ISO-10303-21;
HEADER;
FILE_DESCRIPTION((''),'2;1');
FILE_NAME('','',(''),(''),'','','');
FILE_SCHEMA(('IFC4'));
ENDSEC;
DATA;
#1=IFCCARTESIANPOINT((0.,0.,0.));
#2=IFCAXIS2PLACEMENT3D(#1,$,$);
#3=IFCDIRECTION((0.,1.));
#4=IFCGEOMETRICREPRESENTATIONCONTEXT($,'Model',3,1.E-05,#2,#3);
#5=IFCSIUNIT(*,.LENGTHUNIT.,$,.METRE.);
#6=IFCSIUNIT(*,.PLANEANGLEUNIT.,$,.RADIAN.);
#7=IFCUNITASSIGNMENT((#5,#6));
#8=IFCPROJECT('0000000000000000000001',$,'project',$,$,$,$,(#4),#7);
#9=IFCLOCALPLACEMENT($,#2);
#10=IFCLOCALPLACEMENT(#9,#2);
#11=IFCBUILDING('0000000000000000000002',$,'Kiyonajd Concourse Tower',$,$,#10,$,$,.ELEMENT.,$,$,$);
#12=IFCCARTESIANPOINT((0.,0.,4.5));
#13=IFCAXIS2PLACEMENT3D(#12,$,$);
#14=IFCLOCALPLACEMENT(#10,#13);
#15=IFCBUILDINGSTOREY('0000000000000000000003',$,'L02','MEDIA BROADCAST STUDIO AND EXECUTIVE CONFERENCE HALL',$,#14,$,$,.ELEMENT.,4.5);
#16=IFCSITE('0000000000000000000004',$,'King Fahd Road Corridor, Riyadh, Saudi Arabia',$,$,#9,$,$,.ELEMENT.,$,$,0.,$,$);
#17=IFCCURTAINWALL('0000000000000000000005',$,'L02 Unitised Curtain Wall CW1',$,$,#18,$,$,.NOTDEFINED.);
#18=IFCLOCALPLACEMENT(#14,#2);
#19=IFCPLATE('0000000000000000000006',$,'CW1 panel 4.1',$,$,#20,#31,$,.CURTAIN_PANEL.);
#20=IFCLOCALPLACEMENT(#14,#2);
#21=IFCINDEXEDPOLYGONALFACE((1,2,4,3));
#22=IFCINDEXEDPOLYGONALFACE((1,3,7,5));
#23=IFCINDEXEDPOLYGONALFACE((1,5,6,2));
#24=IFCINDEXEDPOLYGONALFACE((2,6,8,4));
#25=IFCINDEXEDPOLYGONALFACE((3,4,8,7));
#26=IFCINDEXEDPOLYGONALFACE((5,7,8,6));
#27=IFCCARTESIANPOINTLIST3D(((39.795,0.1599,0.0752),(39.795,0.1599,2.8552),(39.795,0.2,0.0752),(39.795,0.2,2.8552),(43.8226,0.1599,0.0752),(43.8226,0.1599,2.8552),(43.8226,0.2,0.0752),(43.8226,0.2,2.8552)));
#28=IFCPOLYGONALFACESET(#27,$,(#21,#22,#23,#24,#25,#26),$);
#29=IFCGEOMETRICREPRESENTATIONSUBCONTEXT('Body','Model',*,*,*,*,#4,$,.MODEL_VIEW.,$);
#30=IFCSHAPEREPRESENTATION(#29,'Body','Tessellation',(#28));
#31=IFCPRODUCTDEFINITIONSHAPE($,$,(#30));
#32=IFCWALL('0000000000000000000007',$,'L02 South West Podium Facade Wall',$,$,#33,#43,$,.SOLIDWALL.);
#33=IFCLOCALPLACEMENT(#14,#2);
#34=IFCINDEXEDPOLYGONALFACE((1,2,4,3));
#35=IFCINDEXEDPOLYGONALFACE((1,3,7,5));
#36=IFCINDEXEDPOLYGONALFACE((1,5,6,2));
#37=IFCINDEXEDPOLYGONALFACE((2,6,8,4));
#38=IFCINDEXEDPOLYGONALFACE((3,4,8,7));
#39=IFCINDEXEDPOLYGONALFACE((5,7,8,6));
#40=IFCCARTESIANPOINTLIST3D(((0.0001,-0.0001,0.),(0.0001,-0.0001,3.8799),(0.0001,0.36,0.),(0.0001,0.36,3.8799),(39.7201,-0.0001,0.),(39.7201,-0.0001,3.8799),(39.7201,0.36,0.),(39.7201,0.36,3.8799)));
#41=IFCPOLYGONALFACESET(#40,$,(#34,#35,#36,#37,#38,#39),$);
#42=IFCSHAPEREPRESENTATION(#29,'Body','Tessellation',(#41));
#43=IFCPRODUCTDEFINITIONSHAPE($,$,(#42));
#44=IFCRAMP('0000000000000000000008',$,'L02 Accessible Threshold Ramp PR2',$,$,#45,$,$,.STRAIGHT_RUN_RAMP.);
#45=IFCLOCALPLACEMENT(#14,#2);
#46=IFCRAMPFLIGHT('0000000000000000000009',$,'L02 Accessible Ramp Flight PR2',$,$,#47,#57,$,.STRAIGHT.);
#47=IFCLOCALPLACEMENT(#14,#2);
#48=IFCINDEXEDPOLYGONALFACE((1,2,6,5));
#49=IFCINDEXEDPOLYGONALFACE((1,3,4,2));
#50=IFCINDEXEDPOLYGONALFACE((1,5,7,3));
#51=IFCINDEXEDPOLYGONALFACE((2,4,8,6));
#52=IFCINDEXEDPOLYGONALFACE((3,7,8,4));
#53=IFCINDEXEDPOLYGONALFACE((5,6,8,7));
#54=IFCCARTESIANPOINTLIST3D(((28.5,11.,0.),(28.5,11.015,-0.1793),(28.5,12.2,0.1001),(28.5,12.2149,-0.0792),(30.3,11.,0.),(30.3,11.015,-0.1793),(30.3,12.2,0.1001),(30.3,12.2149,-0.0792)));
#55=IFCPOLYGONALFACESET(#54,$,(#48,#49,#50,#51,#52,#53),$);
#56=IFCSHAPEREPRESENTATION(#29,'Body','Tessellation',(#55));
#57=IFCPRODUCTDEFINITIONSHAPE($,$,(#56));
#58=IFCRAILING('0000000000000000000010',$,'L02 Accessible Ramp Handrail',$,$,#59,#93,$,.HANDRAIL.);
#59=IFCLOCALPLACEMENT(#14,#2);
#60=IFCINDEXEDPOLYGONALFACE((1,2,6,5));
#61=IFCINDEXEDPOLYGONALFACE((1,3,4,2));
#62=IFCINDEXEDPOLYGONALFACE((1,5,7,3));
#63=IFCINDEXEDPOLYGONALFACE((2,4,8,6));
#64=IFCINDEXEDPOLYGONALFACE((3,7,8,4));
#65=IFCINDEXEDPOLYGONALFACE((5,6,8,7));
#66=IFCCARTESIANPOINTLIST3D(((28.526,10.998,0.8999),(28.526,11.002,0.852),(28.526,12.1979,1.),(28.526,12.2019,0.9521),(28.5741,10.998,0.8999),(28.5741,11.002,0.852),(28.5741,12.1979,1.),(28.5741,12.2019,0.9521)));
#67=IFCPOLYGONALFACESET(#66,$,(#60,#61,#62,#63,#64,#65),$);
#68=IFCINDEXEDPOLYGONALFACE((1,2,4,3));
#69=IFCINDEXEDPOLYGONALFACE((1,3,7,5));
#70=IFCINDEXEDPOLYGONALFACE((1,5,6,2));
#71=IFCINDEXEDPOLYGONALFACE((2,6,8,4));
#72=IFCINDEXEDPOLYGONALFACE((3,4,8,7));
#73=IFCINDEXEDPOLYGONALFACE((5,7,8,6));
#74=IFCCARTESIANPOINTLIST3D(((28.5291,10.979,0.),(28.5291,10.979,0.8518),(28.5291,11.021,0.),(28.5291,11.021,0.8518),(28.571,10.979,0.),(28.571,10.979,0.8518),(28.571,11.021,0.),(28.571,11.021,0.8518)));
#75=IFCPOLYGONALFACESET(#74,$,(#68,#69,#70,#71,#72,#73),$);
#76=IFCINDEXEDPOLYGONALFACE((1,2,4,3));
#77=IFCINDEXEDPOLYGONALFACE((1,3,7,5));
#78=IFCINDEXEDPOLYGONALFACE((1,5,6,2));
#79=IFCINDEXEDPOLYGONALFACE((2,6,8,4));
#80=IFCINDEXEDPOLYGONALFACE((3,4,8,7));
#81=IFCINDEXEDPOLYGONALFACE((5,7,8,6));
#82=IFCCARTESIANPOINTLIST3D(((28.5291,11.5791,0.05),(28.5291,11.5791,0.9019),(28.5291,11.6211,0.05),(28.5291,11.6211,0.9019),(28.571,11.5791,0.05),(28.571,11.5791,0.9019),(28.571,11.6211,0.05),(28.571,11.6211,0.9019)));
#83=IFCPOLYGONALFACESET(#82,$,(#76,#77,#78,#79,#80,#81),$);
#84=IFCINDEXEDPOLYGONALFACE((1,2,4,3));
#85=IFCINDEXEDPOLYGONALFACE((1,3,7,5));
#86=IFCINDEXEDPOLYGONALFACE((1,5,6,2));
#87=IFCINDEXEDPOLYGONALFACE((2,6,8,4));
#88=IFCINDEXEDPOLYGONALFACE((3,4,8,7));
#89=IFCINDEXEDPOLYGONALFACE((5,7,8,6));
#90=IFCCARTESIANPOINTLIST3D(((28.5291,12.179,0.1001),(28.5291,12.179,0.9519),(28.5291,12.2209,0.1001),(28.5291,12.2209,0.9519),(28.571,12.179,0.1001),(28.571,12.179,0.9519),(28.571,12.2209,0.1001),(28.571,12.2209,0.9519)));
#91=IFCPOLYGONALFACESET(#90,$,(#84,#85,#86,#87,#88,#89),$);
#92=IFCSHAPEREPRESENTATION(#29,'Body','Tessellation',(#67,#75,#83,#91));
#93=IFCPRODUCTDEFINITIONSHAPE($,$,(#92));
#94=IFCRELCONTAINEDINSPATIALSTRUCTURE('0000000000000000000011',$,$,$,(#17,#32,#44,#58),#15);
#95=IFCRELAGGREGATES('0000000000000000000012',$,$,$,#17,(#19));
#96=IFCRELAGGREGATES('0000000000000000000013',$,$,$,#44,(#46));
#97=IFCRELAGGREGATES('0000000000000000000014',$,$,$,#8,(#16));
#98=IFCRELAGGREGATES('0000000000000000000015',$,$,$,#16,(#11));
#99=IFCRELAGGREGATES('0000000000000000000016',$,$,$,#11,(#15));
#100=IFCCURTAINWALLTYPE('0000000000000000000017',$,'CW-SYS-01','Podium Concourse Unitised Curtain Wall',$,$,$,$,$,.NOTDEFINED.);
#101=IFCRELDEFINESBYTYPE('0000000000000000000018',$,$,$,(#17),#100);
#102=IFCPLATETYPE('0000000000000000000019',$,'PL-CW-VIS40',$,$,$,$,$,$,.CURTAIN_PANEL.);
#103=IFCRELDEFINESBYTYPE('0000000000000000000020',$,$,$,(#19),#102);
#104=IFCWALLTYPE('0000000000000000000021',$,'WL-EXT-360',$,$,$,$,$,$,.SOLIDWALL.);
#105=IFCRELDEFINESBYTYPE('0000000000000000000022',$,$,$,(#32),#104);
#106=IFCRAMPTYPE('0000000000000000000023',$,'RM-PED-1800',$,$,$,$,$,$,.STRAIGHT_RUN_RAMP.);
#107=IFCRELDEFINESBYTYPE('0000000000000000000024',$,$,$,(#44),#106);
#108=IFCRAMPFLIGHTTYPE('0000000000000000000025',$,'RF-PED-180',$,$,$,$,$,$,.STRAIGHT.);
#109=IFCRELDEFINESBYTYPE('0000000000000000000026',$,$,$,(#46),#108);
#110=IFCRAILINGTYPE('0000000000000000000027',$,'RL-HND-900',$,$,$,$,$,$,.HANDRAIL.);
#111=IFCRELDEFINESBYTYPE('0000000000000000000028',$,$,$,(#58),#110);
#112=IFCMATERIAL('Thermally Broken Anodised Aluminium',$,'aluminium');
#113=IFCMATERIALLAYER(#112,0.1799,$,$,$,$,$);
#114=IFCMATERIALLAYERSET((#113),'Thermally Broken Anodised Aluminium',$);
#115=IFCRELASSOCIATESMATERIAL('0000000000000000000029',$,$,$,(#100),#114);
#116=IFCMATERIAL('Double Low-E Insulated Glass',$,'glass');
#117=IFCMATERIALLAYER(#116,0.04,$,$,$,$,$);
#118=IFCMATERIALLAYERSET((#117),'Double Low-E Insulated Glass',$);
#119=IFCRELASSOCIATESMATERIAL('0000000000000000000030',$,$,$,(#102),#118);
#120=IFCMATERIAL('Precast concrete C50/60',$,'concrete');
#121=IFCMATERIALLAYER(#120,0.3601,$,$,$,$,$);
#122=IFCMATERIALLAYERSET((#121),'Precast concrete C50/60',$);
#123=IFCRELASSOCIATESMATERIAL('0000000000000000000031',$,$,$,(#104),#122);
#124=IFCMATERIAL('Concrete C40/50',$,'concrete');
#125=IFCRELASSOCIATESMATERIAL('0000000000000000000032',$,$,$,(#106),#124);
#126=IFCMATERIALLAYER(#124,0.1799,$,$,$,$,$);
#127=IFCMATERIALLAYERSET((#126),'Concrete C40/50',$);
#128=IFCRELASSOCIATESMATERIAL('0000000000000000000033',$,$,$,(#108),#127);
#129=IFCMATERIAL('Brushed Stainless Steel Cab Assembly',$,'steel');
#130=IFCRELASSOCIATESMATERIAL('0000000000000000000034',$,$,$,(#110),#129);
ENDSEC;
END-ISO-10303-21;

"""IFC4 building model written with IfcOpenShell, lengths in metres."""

from ifc_helpers import new_model, si_unit, direction, frame, frame_2d, origin, origin_2d, place, context, subcontext, project, spatial, polyline, rectangle, outline, extrude, material, layer, layer_set, type_object, element, aggregate, save


model = new_model("IFC4")

# Units and contexts
model_context = context("Model", 3, precision=1e-05, world=origin(), true_north=direction((0.0, 1.0)))
body_context = subcontext(model_context, "Body", "Model", "MODEL_VIEW")
ifc_project = project(units=[si_unit("LENGTHUNIT", "METRE"), si_unit("PLANEANGLEUNIT", "RADIAN")], contexts=[model_context])

# Site, building, storey
site_placement = place(None, origin())
site = spatial("IfcSite", under=ifc_project, at=site_placement, Name="King Fahd Road Corridor, Riyadh, Saudi Arabia", CompositionType="ELEMENT", RefElevation=0.0)
building_placement = place(site_placement, origin())
building = spatial("IfcBuilding", under=site, at=building_placement, Name="Kiyonajd Concourse Tower", CompositionType="ELEMENT")
storey_placement = place(building_placement, frame((0.0, 0.0, 4.5)))
storey = spatial("IfcBuildingStorey", under=building, at=storey_placement, Name="L02", Description="MEDIA BROADCAST STUDIO AND EXECUTIVE CONFERENCE HALL", CompositionType="ELEMENT", Elevation=4.5)

# Curtain wall, plate
ifc_material_1 = material(Name="Thermally Broken Anodised Aluminium", Category="aluminium")
ifc_layer_1 = layer(ifc_material_1, 0.1799)
ifc_layer_set_1 = layer_set([ifc_layer_1], Name="Thermally Broken Anodised Aluminium")
curtain_wall_type = type_object("IfcCurtainWallType", Name="CW-SYS-01", Description="Podium Concourse Unitised Curtain Wall", PredefinedType="NOTDEFINED", material=ifc_layer_set_1)
curtain_wall_placement = place(storey_placement, origin())
curtain_wall = element("IfcCurtainWall", 1, at=curtain_wall_placement, inside=storey, type_object=curtain_wall_type, Name="L02 Unitised Curtain Wall CW1", PredefinedType="NOTDEFINED")
ifc_material_2 = material(Name="Double Low-E Insulated Glass", Category="glass")
ifc_layer_2 = layer(ifc_material_2, 0.04)
ifc_layer_set_2 = layer_set([ifc_layer_2], Name="Double Low-E Insulated Glass")
plate_type = type_object("IfcPlateType", Name="PL-CW-VIS40", PredefinedType="CURTAIN_PANEL", material=ifc_layer_set_2)
plate_1_placement = place(storey_placement, frame((41.8088, 0.1799, 0.0752), z_axis=(0.0, 0.0, 1.0), x_axis=(-1.0, 0.0, 0.0)))
plate_1 = element("IfcPlate", 2, at=plate_1_placement, type_object=plate_type, Name="CW1 panel 4.1", PredefinedType="CURTAIN_PANEL", context=body_context, shape_type="SweptSolid", body=[
    extrude(rectangle(XDim=4.0276, YDim=0.04, at=origin_2d()), origin(), (0.0, 0.0, 1.0), 2.78),
])
aggregate(curtain_wall, [plate_1])

# Wall
ifc_material_3 = material(Name="Precast concrete C50/60", Category="concrete")
ifc_layer_3 = layer(ifc_material_3, 0.3601)
ifc_layer_set_3 = layer_set([ifc_layer_3], Name="Precast concrete C50/60")
wall_type = type_object("IfcWallType", Name="WL-EXT-360", PredefinedType="SOLIDWALL", material=ifc_layer_set_3)
wall_placement = place(storey_placement, frame((39.72, 0.1799, 0.0), z_axis=(0.0, 0.0, 1.0), x_axis=(-1.0, 0.0, 0.0)))
element("IfcWall", 3, at=wall_placement, inside=storey, type_object=wall_type, Name="L02 South West Podium Facade Wall", PredefinedType="SOLIDWALL", context=body_context, shape_type="SweptSolid", body=[
    extrude(rectangle(XDim=39.72, YDim=0.3601, at=frame_2d((19.8599, 0.0))), origin(), (0.0, 0.0, 1.0), 3.8799),
])

# Ramp, ramp flight
ifc_material_4 = material(Name="Concrete C40/50", Category="concrete")
ramp_type = type_object("IfcRampType", Name="RM-PED-1800", PredefinedType="STRAIGHT_RUN_RAMP", material=ifc_material_4)
ramp_placement = place(storey_placement, origin())
ramp = element("IfcRamp", 4, at=ramp_placement, inside=storey, type_object=ramp_type, Name="L02 Accessible Threshold Ramp PR2", PredefinedType="STRAIGHT_RUN_RAMP")
ifc_layer_4 = layer(ifc_material_4, 0.1799)
ifc_layer_set_4 = layer_set([ifc_layer_4], Name="Concrete C40/50")
ramp_flight_type = type_object("IfcRampFlightType", Name="RF-PED-180", PredefinedType="STRAIGHT", material=ifc_layer_set_4)
ramp_flight_placement = place(storey_placement, frame((28.5, 11.0, 0.0), z_axis=(0.0, -0.083129, 0.996539), x_axis=(1.0, 0.0, 0.0)))
ramp_flight = element("IfcRampFlight", 5, at=ramp_flight_placement, type_object=ramp_flight_type, Name="L02 Accessible Ramp Flight PR2", PredefinedType="STRAIGHT", context=body_context, shape_type="SweptSolid", body=[
    extrude(outline(polyline([(0.0, 0.0), (1.8, 0.0), (1.8, 1.2041), (0.0, 1.2041), (0.0, 0.0)])), origin(), (0.0, 0.0, -1.0), 0.1799),
])
aggregate(ramp, [ramp_flight])

# Railing
ifc_material_5 = material(Name="Brushed Stainless Steel Cab Assembly", Category="steel")
railing_type = type_object("IfcRailingType", Name="RL-HND-900", PredefinedType="HANDRAIL", material=ifc_material_5)
railing_placement = place(storey_placement, frame((28.55, 11.0, 0.0)))
element("IfcRailing", 6, at=railing_placement, inside=storey, type_object=railing_type, Name="L02 Accessible Ramp Handrail", PredefinedType="HANDRAIL", context=body_context, shape_type="SweptSolid", body=[
    extrude(rectangle(XDim=0.0481, YDim=0.0481, at=origin_2d()), frame((0.0, 0.0, 0.876), z_axis=(0.0, 0.996539, 0.083129), x_axis=(-1.0, 0.0, 0.0)), (0.0, 0.0, 1.0), 1.2041),
    extrude(rectangle(XDim=0.042, YDim=0.042, at=origin_2d()), origin(), (0.0, 0.0, 1.0), 0.8518),
    extrude(rectangle(XDim=0.042, YDim=0.042, at=origin_2d()), frame((0.0, 0.6001, 0.05)), (0.0, 0.0, 1.0), 0.8518),
    extrude(rectangle(XDim=0.042, YDim=0.042, at=origin_2d()), frame((0.0, 1.2, 0.1001)), (0.0, 0.0, 1.0), 0.8518),
])

save(model, "model.ifc")
